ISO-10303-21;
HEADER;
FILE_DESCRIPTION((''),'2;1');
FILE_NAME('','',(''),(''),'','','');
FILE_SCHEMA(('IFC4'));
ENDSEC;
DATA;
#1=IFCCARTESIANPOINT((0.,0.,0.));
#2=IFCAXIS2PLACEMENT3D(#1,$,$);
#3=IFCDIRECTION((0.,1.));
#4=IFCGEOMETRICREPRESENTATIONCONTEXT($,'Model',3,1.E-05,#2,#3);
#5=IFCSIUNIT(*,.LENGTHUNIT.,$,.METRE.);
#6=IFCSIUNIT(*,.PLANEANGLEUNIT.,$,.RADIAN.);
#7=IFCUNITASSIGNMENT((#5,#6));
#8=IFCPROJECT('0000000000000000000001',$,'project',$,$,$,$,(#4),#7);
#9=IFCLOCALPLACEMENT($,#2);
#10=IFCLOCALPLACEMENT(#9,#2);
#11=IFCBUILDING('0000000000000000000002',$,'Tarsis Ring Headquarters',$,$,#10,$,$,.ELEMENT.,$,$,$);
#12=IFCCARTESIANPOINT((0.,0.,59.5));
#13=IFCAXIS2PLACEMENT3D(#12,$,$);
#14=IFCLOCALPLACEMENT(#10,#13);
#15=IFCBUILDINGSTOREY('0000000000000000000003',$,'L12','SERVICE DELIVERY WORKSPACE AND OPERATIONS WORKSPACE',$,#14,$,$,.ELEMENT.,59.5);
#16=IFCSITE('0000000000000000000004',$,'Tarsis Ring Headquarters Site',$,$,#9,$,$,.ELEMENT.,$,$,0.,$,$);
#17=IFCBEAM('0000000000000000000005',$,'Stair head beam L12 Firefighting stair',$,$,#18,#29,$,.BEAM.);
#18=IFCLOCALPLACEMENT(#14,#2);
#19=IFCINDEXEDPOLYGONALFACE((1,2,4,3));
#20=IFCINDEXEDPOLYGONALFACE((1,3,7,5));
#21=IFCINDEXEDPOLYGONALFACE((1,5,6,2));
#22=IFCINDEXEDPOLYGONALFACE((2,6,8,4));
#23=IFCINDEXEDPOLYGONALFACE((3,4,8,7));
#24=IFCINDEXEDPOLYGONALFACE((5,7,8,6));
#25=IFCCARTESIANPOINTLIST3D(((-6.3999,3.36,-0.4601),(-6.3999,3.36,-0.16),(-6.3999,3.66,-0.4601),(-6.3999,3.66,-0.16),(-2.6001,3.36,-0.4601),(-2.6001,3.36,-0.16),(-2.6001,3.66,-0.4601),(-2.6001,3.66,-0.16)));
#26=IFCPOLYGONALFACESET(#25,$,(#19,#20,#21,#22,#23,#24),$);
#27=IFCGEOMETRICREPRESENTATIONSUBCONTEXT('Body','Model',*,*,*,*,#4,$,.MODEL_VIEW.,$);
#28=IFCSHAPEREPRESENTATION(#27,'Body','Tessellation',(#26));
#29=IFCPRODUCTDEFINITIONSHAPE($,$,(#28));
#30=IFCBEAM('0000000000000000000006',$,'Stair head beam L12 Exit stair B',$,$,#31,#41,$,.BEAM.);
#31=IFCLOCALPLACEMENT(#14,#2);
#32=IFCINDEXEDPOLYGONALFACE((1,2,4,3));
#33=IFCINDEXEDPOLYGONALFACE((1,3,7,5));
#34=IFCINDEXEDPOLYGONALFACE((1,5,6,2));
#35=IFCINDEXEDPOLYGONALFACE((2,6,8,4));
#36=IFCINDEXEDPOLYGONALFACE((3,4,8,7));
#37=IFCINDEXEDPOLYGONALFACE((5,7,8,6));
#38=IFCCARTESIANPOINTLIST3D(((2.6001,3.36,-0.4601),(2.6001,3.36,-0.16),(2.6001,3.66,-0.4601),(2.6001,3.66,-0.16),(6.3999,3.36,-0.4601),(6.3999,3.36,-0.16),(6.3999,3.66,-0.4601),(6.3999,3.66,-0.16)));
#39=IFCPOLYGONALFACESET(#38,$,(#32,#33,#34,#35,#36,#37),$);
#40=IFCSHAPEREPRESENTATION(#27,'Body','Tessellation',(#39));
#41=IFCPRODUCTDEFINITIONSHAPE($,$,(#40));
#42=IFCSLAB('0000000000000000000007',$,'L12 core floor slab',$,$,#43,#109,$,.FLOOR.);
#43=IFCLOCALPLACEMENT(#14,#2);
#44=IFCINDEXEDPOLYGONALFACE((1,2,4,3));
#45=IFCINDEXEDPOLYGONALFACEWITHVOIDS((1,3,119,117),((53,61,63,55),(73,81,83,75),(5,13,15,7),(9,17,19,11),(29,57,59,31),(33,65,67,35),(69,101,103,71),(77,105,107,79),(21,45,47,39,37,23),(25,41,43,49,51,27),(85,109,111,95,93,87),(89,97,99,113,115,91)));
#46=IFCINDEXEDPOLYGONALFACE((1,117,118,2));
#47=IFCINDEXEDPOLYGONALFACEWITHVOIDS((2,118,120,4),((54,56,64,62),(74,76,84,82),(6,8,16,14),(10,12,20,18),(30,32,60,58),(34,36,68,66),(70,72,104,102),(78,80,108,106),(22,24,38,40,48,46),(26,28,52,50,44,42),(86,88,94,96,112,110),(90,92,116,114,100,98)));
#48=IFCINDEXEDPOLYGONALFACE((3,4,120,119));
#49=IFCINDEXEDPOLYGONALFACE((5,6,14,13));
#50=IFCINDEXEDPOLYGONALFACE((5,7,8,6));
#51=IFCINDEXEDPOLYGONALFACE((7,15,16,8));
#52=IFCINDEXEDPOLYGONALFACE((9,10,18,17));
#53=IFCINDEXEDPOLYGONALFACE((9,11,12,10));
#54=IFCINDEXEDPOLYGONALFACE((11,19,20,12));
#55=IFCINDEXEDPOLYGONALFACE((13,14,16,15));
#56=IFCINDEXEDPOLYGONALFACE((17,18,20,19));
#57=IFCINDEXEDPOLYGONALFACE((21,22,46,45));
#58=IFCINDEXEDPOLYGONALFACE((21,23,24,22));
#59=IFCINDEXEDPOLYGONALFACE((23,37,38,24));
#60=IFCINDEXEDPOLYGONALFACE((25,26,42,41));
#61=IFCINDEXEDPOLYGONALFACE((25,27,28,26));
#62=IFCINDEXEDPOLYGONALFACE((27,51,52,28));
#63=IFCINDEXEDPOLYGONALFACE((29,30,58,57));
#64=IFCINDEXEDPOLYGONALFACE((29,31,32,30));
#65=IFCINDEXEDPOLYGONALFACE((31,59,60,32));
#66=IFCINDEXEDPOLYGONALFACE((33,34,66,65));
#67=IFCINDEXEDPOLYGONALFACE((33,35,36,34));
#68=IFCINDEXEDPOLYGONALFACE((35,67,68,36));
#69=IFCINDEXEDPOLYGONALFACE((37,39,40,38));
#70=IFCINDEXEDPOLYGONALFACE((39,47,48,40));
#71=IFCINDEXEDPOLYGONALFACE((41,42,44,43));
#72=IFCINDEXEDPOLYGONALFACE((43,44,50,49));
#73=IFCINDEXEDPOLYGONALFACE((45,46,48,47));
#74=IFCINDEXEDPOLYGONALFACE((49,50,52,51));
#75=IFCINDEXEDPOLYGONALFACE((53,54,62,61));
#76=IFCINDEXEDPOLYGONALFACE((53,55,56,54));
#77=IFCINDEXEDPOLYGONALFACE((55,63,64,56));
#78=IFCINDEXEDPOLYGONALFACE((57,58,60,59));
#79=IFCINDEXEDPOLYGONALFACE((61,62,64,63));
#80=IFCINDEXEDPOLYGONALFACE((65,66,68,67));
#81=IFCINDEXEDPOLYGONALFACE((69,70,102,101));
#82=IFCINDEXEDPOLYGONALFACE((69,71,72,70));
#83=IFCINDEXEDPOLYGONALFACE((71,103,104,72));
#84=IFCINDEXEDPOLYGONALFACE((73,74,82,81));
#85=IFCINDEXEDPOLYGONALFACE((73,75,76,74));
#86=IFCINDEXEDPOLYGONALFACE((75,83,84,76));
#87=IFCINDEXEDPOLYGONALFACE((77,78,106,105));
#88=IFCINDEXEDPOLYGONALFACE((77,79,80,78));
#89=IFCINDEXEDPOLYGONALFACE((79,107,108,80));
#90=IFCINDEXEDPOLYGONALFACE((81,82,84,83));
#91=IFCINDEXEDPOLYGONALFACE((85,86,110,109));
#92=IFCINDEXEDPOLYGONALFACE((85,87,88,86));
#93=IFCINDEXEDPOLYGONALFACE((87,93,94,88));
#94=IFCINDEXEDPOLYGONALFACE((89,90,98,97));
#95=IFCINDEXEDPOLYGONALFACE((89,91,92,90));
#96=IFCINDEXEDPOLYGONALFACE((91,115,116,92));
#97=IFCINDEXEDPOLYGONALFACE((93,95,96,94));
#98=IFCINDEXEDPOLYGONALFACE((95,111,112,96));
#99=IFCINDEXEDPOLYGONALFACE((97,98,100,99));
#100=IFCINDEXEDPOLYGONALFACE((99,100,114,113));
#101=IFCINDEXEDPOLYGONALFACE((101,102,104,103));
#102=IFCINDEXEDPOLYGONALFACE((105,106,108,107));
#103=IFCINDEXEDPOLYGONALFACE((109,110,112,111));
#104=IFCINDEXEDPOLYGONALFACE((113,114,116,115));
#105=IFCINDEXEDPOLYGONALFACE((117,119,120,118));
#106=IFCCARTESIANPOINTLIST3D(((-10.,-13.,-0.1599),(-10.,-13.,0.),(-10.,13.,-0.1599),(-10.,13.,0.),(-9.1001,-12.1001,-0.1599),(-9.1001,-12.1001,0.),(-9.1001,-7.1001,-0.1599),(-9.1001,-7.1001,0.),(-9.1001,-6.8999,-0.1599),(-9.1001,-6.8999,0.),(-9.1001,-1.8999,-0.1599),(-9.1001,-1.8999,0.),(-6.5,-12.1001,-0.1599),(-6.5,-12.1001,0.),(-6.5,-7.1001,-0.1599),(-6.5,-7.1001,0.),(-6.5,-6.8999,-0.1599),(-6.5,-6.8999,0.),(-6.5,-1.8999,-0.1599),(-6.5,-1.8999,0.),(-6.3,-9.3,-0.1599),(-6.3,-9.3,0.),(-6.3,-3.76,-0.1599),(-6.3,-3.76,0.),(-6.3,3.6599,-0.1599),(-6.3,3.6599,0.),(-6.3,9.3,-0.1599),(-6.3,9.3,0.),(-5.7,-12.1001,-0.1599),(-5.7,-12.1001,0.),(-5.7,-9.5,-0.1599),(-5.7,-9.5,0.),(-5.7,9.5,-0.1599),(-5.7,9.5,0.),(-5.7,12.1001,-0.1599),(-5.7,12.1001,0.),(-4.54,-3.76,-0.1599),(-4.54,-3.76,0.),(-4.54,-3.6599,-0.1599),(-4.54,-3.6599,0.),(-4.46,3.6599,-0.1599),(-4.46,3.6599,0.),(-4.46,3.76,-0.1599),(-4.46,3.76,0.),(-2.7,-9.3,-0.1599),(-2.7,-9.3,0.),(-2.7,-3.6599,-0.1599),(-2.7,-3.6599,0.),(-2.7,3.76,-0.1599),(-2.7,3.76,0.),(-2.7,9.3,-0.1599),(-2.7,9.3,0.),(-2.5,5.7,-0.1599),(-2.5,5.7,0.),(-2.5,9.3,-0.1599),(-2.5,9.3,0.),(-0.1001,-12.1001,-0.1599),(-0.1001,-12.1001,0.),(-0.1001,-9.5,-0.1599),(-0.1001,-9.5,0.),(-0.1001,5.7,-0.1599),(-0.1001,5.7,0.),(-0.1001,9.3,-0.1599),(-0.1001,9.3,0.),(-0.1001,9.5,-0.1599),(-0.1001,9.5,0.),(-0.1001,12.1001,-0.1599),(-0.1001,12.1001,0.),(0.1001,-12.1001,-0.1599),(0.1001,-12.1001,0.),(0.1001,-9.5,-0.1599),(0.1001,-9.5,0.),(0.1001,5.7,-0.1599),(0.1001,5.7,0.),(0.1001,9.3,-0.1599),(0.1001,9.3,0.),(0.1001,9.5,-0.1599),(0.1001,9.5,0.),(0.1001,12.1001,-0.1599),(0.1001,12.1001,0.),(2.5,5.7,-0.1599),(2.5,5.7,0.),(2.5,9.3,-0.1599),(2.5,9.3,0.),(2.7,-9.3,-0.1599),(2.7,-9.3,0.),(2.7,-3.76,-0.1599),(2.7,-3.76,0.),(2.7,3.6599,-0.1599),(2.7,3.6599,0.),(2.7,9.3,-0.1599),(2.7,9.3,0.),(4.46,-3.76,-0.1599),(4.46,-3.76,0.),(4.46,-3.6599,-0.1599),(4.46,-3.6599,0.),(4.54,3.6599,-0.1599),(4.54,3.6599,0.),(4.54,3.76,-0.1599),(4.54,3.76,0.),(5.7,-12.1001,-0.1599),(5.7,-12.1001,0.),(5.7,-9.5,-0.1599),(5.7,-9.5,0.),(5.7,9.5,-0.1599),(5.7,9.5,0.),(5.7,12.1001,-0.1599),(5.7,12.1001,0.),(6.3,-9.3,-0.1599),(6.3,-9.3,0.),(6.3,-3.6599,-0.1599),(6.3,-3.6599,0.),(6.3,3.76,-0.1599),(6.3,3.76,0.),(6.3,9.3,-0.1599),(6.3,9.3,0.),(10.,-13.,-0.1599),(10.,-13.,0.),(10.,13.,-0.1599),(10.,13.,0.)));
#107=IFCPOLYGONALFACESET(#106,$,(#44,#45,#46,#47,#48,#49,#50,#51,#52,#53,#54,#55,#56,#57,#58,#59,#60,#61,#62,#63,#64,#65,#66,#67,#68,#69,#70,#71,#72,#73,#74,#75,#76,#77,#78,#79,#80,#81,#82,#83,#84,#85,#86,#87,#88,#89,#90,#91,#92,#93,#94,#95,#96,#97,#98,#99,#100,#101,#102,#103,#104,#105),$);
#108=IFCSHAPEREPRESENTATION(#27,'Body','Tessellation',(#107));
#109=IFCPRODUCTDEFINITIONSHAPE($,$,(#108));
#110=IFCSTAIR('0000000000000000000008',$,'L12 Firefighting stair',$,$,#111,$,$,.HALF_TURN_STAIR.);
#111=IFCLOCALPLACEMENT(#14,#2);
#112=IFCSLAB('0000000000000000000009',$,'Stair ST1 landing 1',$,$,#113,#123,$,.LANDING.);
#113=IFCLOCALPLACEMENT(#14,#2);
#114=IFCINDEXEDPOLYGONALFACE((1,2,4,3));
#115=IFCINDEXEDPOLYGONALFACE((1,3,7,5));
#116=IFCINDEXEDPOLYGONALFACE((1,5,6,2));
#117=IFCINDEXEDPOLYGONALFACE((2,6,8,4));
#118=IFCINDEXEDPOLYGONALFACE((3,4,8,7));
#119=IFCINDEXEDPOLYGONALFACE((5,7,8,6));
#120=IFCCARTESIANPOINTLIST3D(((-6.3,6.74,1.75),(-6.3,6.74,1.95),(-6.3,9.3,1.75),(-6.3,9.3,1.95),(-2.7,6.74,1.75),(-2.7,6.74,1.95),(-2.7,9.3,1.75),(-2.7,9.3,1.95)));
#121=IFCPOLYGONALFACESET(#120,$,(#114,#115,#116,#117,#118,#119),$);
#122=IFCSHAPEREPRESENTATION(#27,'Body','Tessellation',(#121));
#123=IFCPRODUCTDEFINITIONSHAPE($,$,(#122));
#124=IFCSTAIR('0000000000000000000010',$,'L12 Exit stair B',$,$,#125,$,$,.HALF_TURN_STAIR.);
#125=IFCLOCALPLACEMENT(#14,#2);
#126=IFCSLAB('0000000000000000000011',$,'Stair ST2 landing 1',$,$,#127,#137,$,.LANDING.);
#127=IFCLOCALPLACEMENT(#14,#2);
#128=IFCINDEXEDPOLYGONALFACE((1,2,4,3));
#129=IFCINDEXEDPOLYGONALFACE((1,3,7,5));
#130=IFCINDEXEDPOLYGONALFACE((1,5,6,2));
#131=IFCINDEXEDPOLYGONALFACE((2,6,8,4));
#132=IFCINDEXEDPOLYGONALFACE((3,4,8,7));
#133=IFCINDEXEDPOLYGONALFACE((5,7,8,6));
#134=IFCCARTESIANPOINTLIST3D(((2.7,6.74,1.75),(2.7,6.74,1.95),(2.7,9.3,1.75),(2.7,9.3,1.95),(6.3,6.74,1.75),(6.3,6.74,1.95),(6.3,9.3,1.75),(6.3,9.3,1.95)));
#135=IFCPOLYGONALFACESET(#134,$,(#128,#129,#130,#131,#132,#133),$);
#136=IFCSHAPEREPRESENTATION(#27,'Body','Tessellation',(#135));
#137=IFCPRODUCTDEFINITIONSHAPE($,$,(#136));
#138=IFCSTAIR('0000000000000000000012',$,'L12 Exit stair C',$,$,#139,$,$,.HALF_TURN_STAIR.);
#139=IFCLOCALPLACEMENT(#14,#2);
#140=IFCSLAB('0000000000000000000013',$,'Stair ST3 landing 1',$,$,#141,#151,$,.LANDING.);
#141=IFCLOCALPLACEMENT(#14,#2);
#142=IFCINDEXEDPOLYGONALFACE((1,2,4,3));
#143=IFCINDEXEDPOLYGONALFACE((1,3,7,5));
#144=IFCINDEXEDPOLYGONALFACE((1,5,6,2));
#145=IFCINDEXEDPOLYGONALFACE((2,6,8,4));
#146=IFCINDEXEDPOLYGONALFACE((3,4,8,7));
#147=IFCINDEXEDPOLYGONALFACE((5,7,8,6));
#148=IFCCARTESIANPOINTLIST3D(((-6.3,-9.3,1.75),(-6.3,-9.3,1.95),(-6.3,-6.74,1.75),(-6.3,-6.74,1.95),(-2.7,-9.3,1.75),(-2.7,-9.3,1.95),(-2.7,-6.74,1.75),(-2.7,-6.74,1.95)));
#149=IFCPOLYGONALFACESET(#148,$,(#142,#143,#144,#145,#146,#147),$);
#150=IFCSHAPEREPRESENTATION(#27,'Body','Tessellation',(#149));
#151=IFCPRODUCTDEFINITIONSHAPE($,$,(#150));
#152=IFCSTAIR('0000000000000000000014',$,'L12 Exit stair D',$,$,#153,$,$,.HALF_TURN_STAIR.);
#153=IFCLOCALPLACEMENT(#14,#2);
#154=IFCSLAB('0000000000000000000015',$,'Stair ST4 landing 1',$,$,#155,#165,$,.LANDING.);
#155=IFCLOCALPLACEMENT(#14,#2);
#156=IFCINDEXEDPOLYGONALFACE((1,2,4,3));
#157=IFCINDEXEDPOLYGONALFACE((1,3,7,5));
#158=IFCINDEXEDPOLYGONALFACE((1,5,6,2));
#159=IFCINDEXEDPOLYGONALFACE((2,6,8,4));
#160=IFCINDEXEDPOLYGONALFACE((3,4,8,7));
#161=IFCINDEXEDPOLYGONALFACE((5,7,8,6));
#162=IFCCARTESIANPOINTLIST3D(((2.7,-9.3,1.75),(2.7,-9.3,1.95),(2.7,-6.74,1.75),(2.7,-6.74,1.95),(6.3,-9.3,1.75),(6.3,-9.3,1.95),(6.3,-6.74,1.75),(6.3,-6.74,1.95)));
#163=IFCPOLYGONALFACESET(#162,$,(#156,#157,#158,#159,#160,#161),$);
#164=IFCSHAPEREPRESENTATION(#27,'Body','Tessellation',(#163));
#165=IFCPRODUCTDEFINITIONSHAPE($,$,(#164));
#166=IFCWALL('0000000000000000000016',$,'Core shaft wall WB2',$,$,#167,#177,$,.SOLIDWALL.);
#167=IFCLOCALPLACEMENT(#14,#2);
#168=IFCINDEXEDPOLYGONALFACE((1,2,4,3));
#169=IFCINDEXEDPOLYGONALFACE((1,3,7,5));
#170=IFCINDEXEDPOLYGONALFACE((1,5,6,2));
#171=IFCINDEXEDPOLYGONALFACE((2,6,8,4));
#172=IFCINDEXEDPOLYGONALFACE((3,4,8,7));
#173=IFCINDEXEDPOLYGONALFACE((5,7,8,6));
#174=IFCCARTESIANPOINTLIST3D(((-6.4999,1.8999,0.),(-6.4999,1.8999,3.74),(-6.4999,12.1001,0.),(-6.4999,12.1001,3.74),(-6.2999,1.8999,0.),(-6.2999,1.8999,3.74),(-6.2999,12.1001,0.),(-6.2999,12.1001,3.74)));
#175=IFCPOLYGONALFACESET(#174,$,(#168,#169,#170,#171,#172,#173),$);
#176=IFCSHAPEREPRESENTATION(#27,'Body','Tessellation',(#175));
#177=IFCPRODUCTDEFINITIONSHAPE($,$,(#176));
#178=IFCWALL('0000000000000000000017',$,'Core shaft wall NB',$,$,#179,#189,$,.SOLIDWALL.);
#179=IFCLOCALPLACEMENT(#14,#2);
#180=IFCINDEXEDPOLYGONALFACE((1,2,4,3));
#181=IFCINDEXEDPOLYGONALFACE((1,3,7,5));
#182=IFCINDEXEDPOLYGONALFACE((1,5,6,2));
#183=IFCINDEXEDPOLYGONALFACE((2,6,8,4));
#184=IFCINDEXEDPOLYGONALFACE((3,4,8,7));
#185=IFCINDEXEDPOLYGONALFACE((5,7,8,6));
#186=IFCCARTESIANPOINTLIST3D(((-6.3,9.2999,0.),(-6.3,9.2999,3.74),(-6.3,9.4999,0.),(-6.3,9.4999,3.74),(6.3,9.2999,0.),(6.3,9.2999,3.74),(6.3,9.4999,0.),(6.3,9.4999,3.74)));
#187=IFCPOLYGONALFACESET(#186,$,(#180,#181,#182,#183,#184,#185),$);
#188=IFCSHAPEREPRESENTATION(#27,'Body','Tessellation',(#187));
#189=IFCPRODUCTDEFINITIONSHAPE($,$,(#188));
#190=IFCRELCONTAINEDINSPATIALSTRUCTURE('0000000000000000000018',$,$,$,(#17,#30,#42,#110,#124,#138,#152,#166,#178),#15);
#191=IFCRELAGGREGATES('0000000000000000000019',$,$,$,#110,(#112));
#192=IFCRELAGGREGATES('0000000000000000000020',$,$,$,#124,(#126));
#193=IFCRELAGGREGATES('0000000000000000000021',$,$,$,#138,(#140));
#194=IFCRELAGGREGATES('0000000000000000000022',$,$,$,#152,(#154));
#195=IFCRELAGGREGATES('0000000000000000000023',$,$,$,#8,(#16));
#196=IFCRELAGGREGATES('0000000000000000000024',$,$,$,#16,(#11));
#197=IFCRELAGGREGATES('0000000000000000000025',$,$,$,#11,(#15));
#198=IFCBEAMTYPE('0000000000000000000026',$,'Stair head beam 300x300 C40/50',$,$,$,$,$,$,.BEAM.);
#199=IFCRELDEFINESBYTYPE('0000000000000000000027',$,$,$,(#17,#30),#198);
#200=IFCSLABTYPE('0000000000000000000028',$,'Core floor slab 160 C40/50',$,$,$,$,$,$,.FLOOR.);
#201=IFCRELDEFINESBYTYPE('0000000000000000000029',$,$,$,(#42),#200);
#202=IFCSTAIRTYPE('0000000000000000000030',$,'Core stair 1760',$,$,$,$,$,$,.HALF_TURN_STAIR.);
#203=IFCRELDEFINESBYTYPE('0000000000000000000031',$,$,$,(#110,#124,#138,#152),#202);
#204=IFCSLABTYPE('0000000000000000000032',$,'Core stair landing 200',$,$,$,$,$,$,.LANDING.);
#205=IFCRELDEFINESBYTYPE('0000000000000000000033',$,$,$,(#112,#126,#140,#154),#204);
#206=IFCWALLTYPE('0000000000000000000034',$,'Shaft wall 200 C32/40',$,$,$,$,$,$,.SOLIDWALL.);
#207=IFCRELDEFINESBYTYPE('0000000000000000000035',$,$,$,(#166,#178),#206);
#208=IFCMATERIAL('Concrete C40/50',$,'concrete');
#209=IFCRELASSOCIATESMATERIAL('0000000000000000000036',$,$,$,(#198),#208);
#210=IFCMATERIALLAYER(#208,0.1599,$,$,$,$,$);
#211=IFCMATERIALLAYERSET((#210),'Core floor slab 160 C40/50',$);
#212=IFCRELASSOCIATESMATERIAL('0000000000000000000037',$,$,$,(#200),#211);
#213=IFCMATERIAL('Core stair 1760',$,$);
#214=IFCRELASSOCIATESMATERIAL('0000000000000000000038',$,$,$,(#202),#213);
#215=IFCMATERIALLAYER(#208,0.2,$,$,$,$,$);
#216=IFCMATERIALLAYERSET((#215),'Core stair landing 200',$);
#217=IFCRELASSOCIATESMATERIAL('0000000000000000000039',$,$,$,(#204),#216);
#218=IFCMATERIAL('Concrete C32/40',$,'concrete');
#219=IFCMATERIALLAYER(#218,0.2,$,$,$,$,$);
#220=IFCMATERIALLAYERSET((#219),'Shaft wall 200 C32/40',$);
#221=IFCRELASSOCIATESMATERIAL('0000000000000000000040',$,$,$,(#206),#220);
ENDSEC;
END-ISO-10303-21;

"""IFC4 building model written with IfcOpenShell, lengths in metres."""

from ifc_helpers import new_model, si_unit, direction, frame, frame_2d, origin, origin_2d, place, context, subcontext, project, spatial, polyline, rectangle, outline, extrude, material, layer, layer_set, material_profile, profile_set, type_object, element, aggregate, save


model = new_model("IFC4")

# Units and contexts
model_context = context("Model", 3, precision=1e-05, world=origin(), true_north=direction((0.0, 1.0)))
body_context = subcontext(model_context, "Body", "Model", "MODEL_VIEW")
ifc_project = project(units=[si_unit("LENGTHUNIT", "METRE"), si_unit("PLANEANGLEUNIT", "RADIAN")], contexts=[model_context])

# Site, building, storey
site_placement = place(None, origin())
site = spatial("IfcSite", under=ifc_project, at=site_placement, Name="Tarsis Ring Headquarters Site", CompositionType="ELEMENT", RefElevation=0.0)
building_placement = place(site_placement, origin())
building = spatial("IfcBuilding", under=site, at=building_placement, Name="Tarsis Ring Headquarters", CompositionType="ELEMENT")
storey_placement = place(building_placement, frame((0.0, 0.0, 59.5)))
storey = spatial("IfcBuildingStorey", under=building, at=storey_placement, Name="L12", Description="SERVICE DELIVERY WORKSPACE AND OPERATIONS WORKSPACE", CompositionType="ELEMENT", Elevation=59.5)

# Beams
ifc_material_1 = material(Name="Concrete C40/50", Category="concrete")
ifc_material_profile = material_profile(ifc_material_1, rectangle(XDim=0.3, YDim=0.3, at=origin_2d()), Name="Stair head beam 300x300 C40/50")
ifc_profile_set = profile_set([ifc_material_profile], Name="Concrete C40/50")
beam_type = type_object("IfcBeamType", Name="Stair head beam 300x300 C40/50", PredefinedType="BEAM", material=ifc_profile_set)
for number, where, z_axis, x_axis, name in (
    (1, (-6.3999, 3.51, -0.3101), (1.0, 0.0, 0.0), (0.0, 1.0, 0.0), "Stair head beam L12 Firefighting stair"),
    (2, (2.6001, 3.51, -0.3101), (1.0, 0.0, 0.0), (0.0, 1.0, 0.0), "Stair head beam L12 Exit stair B"),
):
    element("IfcBeam", number, at=place(storey_placement, frame(where, z_axis=z_axis, x_axis=x_axis)), inside=storey, type_object=beam_type, Name=name, PredefinedType="BEAM", context=body_context, shape_type="SweptSolid", body=[
        extrude(rectangle(XDim=0.3, YDim=0.3, at=origin_2d()), origin(), (0.0, 0.0, 1.0), 3.7998),
    ])

# Slab
ifc_layer_1 = layer(ifc_material_1, 0.1599)
ifc_layer_set_1 = layer_set([ifc_layer_1], Name="Core floor slab 160 C40/50")
slab_type_1 = type_object("IfcSlabType", Name="Core floor slab 160 C40/50", PredefinedType="FLOOR", material=ifc_layer_set_1)
slab_1_placement = place(storey_placement, frame((0.0, 0.0, -0.1599)))
element("IfcSlab", 3, at=slab_1_placement, inside=storey, type_object=slab_type_1, Name="L12 core floor slab", PredefinedType="FLOOR", context=body_context, shape_type="SweptSolid", body=[
    extrude(outline(polyline([(-10.0, -13.0), (10.0, -13.0), (10.0, 13.0), (-10.0, 13.0), (-10.0, -13.0)]), holes=[polyline([(-2.5, 5.7), (-0.1001, 5.7), (-0.1001, 9.3), (-2.5, 9.3), (-2.5, 5.7)]), polyline([(0.1001, 5.7), (2.5, 5.7), (2.5, 9.3), (0.1001, 9.3), (0.1001, 5.7)]), polyline([(-9.1001, -12.1001), (-6.5, -12.1001), (-6.5, -7.1001), (-9.1001, -7.1001), (-9.1001, -12.1001)]), polyline([(-9.1001, -6.8999), (-6.5, -6.8999), (-6.5, -1.8999), (-9.1001, -1.8999), (-9.1001, -6.8999)]), polyline([(-5.7, 9.5), (-0.1001, 9.5), (-0.1001, 12.1001), (-5.7, 12.1001), (-5.7, 9.5)]), polyline([(0.1001, 9.5), (5.7, 9.5), (5.7, 12.1001), (0.1001, 12.1001), (0.1001, 9.5)]), polyline([(-5.7, -12.1001), (-0.1001, -12.1001), (-0.1001, -9.5), (-5.7, -9.5), (-5.7, -12.1001)]), polyline([(0.1001, -12.1001), (5.7, -12.1001), (5.7, -9.5), (0.1001, -9.5), (0.1001, -12.1001)]), polyline([(-2.7, 3.76), (-2.7, 9.3), (-6.3, 9.3), (-6.3, 3.6599), (-4.46, 3.6599), (-4.46, 3.76), (-2.7, 3.76)]), polyline([(6.3, 3.76), (6.3, 9.3), (2.7, 9.3), (2.7, 3.6599), (4.54, 3.6599), (4.54, 3.76), (6.3, 3.76)]), polyline([(-6.3, -3.76), (-6.3, -9.3), (-2.7, -9.3), (-2.7, -3.6599), (-4.54, -3.6599), (-4.54, -3.76), (-6.3, -3.76)]), polyline([(2.7, -3.76), (2.7, -9.3), (6.3, -9.3), (6.3, -3.6599), (4.46, -3.6599), (4.46, -3.76), (2.7, -3.76)])]), origin(), (0.0, 0.0, 1.0), 0.1599),
])

# Stairs, slabs
ifc_material_2 = material(Name="Core stair 1760")
stair_type = type_object("IfcStairType", Name="Core stair 1760", PredefinedType="HALF_TURN_STAIR", material=ifc_material_2)
stair_1_placement = place(storey_placement, origin())
stair_1 = element("IfcStair", 4, at=stair_1_placement, inside=storey, type_object=stair_type, Name="L12 Firefighting stair", PredefinedType="HALF_TURN_STAIR")
ifc_layer_2 = layer(ifc_material_1, 0.2)
ifc_layer_set_2 = layer_set([ifc_layer_2], Name="Core stair landing 200")
slab_type_2 = type_object("IfcSlabType", Name="Core stair landing 200", PredefinedType="LANDING", material=ifc_layer_set_2)
slab_2_placement = place(storey_placement, frame((0.0, 0.0, 1.75)))
slab_2 = element("IfcSlab", 5, at=slab_2_placement, type_object=slab_type_2, Name="Stair ST1 landing 1", PredefinedType="LANDING", context=body_context, shape_type="SweptSolid", body=[
    extrude(outline(polyline([(-2.7, 6.74), (-2.7, 9.3), (-6.3, 9.3), (-6.3, 6.74), (-2.7, 6.74)])), origin(), (0.0, 0.0, 1.0), 0.2),
])
aggregate(stair_1, [slab_2])
stair_2_placement = place(storey_placement, origin())
stair_2 = element("IfcStair", 6, at=stair_2_placement, inside=storey, type_object=stair_type, Name="L12 Exit stair B", PredefinedType="HALF_TURN_STAIR")
slab_3_placement = place(storey_placement, frame((0.0, 0.0, 1.75)))
slab_3 = element("IfcSlab", 7, at=slab_3_placement, type_object=slab_type_2, Name="Stair ST2 landing 1", PredefinedType="LANDING", context=body_context, shape_type="SweptSolid", body=[
    extrude(outline(polyline([(6.3, 6.74), (6.3, 9.3), (2.7, 9.3), (2.7, 6.74), (6.3, 6.74)])), origin(), (0.0, 0.0, 1.0), 0.2),
])
aggregate(stair_2, [slab_3])
stair_3_placement = place(storey_placement, origin())
stair_3 = element("IfcStair", 8, at=stair_3_placement, inside=storey, type_object=stair_type, Name="L12 Exit stair C", PredefinedType="HALF_TURN_STAIR")
slab_4_placement = place(storey_placement, frame((0.0, 0.0, 1.75)))
slab_4 = element("IfcSlab", 9, at=slab_4_placement, type_object=slab_type_2, Name="Stair ST3 landing 1", PredefinedType="LANDING", context=body_context, shape_type="SweptSolid", body=[
    extrude(outline(polyline([(-6.3, -6.74), (-6.3, -9.3), (-2.7, -9.3), (-2.7, -6.74), (-6.3, -6.74)])), origin(), (0.0, 0.0, 1.0), 0.2),
])
aggregate(stair_3, [slab_4])
stair_4_placement = place(storey_placement, origin())
stair_4 = element("IfcStair", 10, at=stair_4_placement, inside=storey, type_object=stair_type, Name="L12 Exit stair D", PredefinedType="HALF_TURN_STAIR")
slab_5_placement = place(storey_placement, frame((0.0, 0.0, 1.75)))
slab_5 = element("IfcSlab", 11, at=slab_5_placement, type_object=slab_type_2, Name="Stair ST4 landing 1", PredefinedType="LANDING", context=body_context, shape_type="SweptSolid", body=[
    extrude(outline(polyline([(2.7, -6.74), (2.7, -9.3), (6.3, -9.3), (6.3, -6.74), (2.7, -6.74)])), origin(), (0.0, 0.0, 1.0), 0.2),
])
aggregate(stair_4, [slab_5])

# Walls
ifc_material_3 = material(Name="Concrete C32/40", Category="concrete")
ifc_layer_3 = layer(ifc_material_3, 0.2)
ifc_layer_set_3 = layer_set([ifc_layer_3], Name="Shaft wall 200 C32/40")
wall_type = type_object("IfcWallType", Name="Shaft wall 200 C32/40", PredefinedType="SOLIDWALL", material=ifc_layer_set_3)
wall_1_placement = place(storey_placement, frame((-6.3999, 1.8999, 0.0), z_axis=(0.0, 0.0, 1.0), x_axis=(0.0, 1.0, 0.0)))
element("IfcWall", 12, at=wall_1_placement, inside=storey, type_object=wall_type, Name="Core shaft wall WB2", PredefinedType="SOLIDWALL", context=body_context, shape_type="SweptSolid", body=[
    extrude(rectangle(XDim=10.2002, YDim=0.2, at=frame_2d((5.1001, 0.0))), origin(), (0.0, 0.0, 1.0), 3.74),
])
wall_2_placement = place(storey_placement, frame((-6.3, 9.3999, 0.0), z_axis=(0.0, 0.0, 1.0), x_axis=(1.0, 0.0, 0.0)))
element("IfcWall", 13, at=wall_2_placement, inside=storey, type_object=wall_type, Name="Core shaft wall NB", PredefinedType="SOLIDWALL", context=body_context, shape_type="SweptSolid", body=[
    extrude(rectangle(XDim=12.6001, YDim=0.2, at=frame_2d((6.3, 0.0))), origin(), (0.0, 0.0, 1.0), 3.74),
])

save(model, "model.ifc")
